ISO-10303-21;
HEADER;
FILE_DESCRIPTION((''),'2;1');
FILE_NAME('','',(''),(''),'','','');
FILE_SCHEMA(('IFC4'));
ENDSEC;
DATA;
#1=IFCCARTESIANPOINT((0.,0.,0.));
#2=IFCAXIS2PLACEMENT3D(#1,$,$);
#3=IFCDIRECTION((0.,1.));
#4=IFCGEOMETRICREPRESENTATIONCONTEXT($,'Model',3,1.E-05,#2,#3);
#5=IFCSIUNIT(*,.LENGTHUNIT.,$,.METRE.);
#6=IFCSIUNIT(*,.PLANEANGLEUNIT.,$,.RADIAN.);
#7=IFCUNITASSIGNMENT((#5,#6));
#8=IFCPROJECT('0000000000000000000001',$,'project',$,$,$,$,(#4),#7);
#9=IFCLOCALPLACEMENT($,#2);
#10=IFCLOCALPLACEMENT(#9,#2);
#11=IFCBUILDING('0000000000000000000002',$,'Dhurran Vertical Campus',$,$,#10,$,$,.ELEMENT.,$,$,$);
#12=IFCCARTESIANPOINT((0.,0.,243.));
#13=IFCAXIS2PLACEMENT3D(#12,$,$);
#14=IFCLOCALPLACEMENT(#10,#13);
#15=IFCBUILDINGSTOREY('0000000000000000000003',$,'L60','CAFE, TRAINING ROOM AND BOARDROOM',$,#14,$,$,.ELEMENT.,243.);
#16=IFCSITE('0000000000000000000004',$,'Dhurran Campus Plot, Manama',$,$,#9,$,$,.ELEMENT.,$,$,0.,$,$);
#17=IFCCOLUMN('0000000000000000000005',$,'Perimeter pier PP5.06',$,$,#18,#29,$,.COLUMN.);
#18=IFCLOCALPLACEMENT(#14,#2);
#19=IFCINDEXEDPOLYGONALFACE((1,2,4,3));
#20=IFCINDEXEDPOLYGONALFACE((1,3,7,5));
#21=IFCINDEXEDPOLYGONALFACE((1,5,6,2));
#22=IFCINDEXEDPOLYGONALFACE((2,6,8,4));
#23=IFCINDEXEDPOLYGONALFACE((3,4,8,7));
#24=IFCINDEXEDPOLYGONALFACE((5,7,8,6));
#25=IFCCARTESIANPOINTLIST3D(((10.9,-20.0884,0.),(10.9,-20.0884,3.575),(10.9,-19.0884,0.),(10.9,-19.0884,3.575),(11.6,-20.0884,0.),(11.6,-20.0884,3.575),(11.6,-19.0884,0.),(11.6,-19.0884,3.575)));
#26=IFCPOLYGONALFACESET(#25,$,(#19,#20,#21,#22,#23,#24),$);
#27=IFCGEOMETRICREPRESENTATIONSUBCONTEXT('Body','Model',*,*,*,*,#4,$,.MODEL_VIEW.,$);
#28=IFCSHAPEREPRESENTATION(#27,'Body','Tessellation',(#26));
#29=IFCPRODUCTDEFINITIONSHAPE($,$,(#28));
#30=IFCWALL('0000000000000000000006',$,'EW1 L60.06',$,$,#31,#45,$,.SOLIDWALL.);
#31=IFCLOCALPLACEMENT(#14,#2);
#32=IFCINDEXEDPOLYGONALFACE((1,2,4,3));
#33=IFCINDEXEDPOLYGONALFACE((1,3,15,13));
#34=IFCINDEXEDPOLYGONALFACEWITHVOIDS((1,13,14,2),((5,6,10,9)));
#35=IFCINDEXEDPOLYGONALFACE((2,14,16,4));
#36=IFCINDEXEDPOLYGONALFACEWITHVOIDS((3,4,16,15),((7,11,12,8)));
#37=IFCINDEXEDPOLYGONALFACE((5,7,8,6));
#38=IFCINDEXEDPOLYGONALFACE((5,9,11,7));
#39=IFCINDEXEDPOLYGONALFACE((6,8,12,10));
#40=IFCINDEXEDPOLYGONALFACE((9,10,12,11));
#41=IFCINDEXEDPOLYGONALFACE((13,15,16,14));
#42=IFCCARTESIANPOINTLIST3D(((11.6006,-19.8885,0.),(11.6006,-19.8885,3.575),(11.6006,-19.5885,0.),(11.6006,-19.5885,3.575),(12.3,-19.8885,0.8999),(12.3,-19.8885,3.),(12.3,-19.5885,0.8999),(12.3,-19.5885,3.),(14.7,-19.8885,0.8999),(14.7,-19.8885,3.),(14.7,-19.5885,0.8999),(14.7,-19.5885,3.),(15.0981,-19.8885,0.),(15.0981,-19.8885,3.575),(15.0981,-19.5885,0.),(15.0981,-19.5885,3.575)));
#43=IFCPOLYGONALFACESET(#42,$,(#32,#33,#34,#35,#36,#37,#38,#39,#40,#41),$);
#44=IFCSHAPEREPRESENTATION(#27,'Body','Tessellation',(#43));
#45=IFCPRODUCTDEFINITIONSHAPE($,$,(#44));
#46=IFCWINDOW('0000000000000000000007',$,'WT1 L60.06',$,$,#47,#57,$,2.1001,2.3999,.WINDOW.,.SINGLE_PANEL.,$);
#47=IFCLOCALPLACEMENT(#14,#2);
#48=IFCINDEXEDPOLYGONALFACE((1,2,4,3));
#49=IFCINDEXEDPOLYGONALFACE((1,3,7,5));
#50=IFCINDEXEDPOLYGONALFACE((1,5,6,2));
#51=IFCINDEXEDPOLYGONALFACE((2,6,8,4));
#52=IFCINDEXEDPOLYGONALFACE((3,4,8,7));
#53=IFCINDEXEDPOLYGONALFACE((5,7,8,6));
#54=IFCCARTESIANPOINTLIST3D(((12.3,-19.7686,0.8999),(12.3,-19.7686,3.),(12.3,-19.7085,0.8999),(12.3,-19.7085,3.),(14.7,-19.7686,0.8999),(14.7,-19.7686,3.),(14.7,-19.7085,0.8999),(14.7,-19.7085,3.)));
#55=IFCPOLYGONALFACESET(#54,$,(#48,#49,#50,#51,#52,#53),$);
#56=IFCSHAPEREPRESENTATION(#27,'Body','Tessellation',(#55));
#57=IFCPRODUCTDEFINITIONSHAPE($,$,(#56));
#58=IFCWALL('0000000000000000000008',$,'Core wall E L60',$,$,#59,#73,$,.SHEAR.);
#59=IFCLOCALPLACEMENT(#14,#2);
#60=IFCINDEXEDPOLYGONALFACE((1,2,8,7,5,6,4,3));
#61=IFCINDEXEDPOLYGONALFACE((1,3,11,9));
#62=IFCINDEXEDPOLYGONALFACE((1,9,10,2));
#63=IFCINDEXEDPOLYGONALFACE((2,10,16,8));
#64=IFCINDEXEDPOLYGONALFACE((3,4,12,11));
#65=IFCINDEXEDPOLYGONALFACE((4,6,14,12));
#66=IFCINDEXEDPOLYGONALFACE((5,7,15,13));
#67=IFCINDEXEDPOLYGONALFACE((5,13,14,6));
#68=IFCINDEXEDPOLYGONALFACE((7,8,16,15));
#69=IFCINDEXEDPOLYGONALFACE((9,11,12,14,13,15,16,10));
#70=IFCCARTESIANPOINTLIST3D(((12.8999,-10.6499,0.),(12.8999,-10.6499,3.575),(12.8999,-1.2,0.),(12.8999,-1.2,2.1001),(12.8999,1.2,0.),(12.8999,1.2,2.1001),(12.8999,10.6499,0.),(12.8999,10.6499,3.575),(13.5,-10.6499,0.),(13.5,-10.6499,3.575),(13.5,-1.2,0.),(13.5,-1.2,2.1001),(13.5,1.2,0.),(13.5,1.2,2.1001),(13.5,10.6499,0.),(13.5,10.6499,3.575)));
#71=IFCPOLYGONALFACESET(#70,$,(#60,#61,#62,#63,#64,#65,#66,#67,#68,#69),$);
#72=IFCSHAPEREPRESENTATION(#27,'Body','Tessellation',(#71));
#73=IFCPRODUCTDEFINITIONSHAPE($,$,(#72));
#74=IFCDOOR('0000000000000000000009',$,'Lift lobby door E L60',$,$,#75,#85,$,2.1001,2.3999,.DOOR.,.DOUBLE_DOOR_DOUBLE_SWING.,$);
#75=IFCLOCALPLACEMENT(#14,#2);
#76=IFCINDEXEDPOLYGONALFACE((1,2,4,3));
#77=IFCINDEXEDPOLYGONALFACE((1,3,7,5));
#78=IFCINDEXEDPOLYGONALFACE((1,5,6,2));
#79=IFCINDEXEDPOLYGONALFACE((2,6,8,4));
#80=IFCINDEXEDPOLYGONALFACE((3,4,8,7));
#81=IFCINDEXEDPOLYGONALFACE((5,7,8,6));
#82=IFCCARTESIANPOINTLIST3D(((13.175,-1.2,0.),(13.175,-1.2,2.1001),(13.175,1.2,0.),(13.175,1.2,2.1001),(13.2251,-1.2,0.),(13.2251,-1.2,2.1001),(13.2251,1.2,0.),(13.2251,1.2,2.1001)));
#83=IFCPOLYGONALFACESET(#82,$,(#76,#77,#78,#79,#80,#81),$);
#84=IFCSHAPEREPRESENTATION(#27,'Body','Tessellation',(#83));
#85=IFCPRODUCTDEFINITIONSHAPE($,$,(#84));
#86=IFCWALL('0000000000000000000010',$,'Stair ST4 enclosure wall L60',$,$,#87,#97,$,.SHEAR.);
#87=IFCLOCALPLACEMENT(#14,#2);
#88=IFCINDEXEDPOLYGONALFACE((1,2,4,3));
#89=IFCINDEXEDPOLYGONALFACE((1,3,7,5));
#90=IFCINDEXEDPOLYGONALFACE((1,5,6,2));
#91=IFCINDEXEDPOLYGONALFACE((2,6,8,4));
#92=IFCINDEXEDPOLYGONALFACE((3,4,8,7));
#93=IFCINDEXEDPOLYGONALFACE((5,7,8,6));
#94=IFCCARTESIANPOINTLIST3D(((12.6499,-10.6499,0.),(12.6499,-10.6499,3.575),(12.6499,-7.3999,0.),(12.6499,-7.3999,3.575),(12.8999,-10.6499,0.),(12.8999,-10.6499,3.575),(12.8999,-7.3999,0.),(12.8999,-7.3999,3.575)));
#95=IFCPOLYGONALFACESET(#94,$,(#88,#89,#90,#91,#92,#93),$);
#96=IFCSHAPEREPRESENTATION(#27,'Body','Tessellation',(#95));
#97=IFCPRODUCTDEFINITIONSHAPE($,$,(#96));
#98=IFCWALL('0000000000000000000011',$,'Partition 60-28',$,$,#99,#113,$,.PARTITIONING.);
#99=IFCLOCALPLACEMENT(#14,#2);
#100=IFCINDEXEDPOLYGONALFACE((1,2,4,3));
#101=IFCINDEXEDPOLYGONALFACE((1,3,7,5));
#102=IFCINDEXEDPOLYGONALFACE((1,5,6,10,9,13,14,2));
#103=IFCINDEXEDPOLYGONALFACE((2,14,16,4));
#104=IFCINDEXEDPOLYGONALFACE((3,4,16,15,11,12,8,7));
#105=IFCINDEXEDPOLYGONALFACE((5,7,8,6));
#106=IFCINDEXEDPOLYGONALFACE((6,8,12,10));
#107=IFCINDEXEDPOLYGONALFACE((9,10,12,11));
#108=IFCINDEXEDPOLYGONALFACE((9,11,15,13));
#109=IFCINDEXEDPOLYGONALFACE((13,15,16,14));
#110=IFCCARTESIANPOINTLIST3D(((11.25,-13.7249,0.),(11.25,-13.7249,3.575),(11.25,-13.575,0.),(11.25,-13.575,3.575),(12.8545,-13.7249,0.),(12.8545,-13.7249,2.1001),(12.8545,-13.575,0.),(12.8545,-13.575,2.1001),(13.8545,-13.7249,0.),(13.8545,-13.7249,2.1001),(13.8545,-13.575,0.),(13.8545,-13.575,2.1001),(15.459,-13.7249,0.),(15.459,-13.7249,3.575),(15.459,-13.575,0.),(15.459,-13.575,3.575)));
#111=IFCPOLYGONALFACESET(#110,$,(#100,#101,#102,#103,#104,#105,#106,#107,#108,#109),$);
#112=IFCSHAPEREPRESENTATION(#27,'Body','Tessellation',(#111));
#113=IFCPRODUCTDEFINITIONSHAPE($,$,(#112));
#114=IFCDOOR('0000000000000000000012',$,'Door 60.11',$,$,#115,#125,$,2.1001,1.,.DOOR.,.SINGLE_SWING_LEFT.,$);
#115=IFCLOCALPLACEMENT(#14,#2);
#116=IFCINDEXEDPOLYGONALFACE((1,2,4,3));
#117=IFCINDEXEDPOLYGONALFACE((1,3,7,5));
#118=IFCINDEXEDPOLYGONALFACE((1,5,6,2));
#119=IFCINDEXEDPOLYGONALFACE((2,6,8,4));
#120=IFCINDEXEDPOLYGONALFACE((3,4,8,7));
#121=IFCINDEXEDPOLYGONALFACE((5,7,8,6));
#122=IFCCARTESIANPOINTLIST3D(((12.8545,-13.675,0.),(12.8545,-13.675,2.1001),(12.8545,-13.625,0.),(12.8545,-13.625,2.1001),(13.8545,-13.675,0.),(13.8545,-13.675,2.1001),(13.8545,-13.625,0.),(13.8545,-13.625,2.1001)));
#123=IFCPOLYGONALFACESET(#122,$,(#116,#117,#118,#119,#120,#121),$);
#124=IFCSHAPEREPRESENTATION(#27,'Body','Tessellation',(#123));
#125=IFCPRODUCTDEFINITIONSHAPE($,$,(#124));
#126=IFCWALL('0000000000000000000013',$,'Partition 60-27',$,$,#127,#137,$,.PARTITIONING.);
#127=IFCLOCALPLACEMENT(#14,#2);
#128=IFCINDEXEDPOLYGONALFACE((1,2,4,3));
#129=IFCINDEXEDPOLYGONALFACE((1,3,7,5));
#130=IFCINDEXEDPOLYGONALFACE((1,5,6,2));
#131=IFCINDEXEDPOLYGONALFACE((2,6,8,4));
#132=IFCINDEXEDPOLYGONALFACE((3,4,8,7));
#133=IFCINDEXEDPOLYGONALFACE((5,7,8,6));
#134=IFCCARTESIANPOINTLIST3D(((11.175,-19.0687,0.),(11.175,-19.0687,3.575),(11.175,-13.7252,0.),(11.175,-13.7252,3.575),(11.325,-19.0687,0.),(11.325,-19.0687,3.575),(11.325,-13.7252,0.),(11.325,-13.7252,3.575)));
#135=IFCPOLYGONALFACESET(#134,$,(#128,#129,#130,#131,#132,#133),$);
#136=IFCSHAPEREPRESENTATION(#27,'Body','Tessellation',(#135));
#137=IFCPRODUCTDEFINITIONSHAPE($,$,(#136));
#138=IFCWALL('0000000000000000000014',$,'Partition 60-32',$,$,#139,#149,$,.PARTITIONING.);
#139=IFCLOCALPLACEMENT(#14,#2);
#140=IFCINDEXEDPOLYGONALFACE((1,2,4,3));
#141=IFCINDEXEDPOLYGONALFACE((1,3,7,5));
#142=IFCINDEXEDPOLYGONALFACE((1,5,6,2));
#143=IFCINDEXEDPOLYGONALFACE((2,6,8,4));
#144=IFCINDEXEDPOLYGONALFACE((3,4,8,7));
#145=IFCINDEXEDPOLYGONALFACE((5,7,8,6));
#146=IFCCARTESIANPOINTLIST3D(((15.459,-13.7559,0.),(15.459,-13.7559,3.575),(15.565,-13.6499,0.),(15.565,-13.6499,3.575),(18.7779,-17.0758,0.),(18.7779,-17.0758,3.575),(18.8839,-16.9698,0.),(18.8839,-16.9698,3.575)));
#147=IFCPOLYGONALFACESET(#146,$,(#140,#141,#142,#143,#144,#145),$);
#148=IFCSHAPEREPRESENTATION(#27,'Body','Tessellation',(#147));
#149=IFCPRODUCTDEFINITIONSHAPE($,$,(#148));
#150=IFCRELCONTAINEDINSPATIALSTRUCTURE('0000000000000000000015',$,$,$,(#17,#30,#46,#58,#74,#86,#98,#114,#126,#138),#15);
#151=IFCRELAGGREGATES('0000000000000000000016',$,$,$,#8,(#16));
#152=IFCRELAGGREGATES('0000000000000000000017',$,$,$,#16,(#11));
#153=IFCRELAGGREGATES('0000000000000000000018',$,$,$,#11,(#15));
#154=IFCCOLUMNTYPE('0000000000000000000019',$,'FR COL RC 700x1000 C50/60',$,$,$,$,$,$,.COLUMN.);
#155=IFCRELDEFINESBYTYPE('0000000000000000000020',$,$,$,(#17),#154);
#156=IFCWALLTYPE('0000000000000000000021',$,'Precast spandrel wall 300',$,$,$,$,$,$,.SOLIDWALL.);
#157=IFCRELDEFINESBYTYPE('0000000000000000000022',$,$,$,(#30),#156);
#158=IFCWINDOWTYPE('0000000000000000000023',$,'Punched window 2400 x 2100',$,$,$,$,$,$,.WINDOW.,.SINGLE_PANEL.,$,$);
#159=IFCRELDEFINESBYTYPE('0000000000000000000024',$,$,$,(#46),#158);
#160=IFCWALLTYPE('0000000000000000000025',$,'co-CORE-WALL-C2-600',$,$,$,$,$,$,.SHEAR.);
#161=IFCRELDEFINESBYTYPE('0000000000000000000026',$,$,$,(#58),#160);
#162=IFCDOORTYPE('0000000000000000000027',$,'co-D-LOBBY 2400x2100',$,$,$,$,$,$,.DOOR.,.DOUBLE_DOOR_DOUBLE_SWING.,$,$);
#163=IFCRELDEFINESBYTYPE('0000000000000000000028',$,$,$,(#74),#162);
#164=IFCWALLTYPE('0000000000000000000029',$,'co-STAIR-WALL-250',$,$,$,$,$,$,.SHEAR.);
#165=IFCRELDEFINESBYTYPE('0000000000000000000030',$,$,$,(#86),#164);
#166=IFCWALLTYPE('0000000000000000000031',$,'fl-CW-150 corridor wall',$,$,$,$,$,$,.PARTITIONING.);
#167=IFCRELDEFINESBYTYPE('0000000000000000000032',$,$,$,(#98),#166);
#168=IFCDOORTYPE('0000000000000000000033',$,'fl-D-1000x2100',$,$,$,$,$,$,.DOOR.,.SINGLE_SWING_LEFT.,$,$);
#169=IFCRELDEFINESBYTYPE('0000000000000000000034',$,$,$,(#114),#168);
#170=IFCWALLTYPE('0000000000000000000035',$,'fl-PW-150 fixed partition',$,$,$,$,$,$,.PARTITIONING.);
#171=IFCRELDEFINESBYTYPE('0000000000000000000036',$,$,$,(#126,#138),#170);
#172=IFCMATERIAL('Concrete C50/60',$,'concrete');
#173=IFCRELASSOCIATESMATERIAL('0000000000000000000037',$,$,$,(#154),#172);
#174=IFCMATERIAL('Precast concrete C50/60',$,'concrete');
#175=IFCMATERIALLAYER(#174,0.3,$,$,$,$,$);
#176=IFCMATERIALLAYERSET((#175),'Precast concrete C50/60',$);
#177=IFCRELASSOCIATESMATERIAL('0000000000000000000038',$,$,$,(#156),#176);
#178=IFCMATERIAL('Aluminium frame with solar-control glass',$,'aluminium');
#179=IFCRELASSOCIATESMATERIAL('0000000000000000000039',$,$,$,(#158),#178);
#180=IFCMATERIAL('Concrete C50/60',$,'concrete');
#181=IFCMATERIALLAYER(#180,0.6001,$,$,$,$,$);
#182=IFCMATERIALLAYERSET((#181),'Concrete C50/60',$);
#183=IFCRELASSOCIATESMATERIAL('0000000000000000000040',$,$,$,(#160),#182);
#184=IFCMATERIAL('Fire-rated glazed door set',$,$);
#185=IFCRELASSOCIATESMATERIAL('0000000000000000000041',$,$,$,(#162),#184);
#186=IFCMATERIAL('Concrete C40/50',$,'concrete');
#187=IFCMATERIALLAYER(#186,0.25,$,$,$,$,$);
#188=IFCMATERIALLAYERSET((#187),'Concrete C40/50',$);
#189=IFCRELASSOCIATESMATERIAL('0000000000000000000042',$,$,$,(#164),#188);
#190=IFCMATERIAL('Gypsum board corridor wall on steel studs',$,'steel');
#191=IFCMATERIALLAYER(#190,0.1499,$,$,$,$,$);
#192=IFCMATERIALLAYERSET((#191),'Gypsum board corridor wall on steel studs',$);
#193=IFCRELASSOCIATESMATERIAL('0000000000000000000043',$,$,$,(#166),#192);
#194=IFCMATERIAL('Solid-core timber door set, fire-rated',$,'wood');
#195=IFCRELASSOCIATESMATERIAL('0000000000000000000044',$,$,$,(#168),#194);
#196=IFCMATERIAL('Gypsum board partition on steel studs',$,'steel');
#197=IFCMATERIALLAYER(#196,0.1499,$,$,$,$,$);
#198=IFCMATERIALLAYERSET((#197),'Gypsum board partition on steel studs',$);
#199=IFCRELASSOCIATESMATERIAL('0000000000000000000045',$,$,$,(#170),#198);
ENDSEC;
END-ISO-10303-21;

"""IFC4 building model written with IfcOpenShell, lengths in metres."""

from ifc_helpers import new_model, si_unit, direction, frame, frame_2d, origin, origin_2d, place, context, subcontext, project, spatial, rectangle, extrude, material, layer, layer_set, material_profile, profile_set, type_object, element, fill, save


model = new_model("IFC4")

# Units and contexts
model_context = context("Model", 3, precision=1e-05, world=origin(), true_north=direction((0.0, 1.0)))
body_context = subcontext(model_context, "Body", "Model", "MODEL_VIEW")
ifc_project = project(units=[si_unit("LENGTHUNIT", "METRE"), si_unit("PLANEANGLEUNIT", "RADIAN")], contexts=[model_context])

# Site, building, storey
site_placement = place(None, origin())
site = spatial("IfcSite", under=ifc_project, at=site_placement, Name="Dhurran Campus Plot, Manama", CompositionType="ELEMENT", RefElevation=0.0)
building_placement = place(site_placement, origin())
building = spatial("IfcBuilding", under=site, at=building_placement, Name="Dhurran Vertical Campus", CompositionType="ELEMENT")
storey_placement = place(building_placement, frame((0.0, 0.0, 243.0)))
storey = spatial("IfcBuildingStorey", under=building, at=storey_placement, Name="L60", Description="CAFE, TRAINING ROOM AND BOARDROOM", CompositionType="ELEMENT", Elevation=243.0)

# Column
ifc_material_1 = material(Name="Concrete C50/60", Category="concrete")
ifc_material_profile = material_profile(ifc_material_1, rectangle(XDim=0.7, YDim=1.0, at=origin_2d()), Name="RC 700x1000")
ifc_profile_set = profile_set([ifc_material_profile], Name="Concrete C50/60")
column_type = type_object("IfcColumnType", Name="FR COL RC 700x1000 C50/60", PredefinedType="COLUMN", material=ifc_profile_set)
column_placement = place(storey_placement, frame((11.25, -19.5884, 0.0), z_axis=(0.0, 0.0, 1.0), x_axis=(1.0, 0.0, 0.0)))
element("IfcColumn", 1, at=column_placement, inside=storey, type_object=column_type, Name="Perimeter pier PP5.06", PredefinedType="COLUMN", context=body_context, shape_type="SweptSolid", body=[
    extrude(rectangle(XDim=0.7, YDim=1.0, at=origin_2d()), origin(), (0.0, 0.0, 1.0), 3.575),
])

# Wall, opening, window
ifc_material_2 = material(Name="Precast concrete C50/60", Category="concrete")
ifc_layer_1 = layer(ifc_material_2, 0.3)
ifc_layer_set_1 = layer_set([ifc_layer_1], Name="Precast concrete C50/60")
wall_type_1 = type_object("IfcWallType", Name="Precast spandrel wall 300", PredefinedType="SOLIDWALL", material=ifc_layer_set_1)
wall_1_placement = place(storey_placement, frame((11.6006, -19.7385, 0.0), z_axis=(0.0, 0.0, 1.0), x_axis=(1.0, 0.0, 0.0)))
wall_1 = element("IfcWall", 2, at=wall_1_placement, inside=storey, type_object=wall_type_1, Name="EW1 L60.06", PredefinedType="SOLIDWALL", context=body_context, shape_type="SweptSolid", body=[
    extrude(rectangle(XDim=3.4976, YDim=0.3, at=frame_2d((1.7488, 0.0))), origin(), (0.0, 0.0, 1.0), 3.575),
])
opening_1_placement = place(wall_1_placement, frame((0.6995, 0.0, 0.8999)))
opening_1 = element("IfcOpeningElement", 3, at=opening_1_placement, cuts=wall_1, PredefinedType="OPENING", context=body_context, shape_type="SweptSolid", body=[
    extrude(rectangle(XDim=2.3999, YDim=2.1001, at=frame_2d((1.2, 1.05))), frame((0.0, 0.1599, 0.0), z_axis=(0.0, -1.0, 0.0), x_axis=(1.0, 0.0, 0.0)), (0.0, 0.0, 1.0), 0.3201),
])
ifc_material_3 = material(Name="Aluminium frame with solar-control glass", Category="aluminium")
window_type = type_object("IfcWindowType", Name="Punched window 2400 x 2100", PartitioningType="SINGLE_PANEL", PredefinedType="WINDOW", material=ifc_material_3)
window_placement = place(opening_1_placement, origin())
window = element("IfcWindow", 4, at=window_placement, inside=storey, type_object=window_type, Name="WT1 L60.06", OverallHeight=2.1001, OverallWidth=2.3999, PartitioningType="SINGLE_PANEL", PredefinedType="WINDOW", context=body_context, shape_type="SweptSolid", body=[
    extrude(rectangle(XDim=2.3999, YDim=2.1001, at=frame_2d((1.2, 1.05))), frame((0.0, 0.03, 0.0), z_axis=(0.0, -1.0, 0.0), x_axis=(1.0, 0.0, 0.0)), (0.0, 0.0, 1.0), 0.0601),
])
fill(opening_1, window)

# Wall, opening, door
ifc_material_4 = material(Name="Concrete C50/60", Category="concrete")
ifc_layer_2 = layer(ifc_material_4, 0.6001)
ifc_layer_set_2 = layer_set([ifc_layer_2], Name="Concrete C50/60")
wall_type_2 = type_object("IfcWallType", Name="co-CORE-WALL-C2-600", PredefinedType="SHEAR", material=ifc_layer_set_2)
wall_2_placement = place(storey_placement, frame((13.2, -10.6499, 0.0), z_axis=(0.0, 0.0, 1.0), x_axis=(0.0, 1.0, 0.0)))
wall_2 = element("IfcWall", 5, at=wall_2_placement, inside=storey, type_object=wall_type_2, Name="Core wall E L60", PredefinedType="SHEAR", context=body_context, shape_type="SweptSolid", body=[
    extrude(rectangle(XDim=21.2998, YDim=0.6001, at=frame_2d((10.6499, 0.0))), origin(), (0.0, 0.0, 1.0), 3.575),
])
opening_2_placement = place(wall_2_placement, frame((9.45, 0.0, 0.0)))
opening_2 = element("IfcOpeningElement", 6, at=opening_2_placement, cuts=wall_2, PredefinedType="OPENING", context=body_context, shape_type="SweptSolid", body=[
    extrude(rectangle(XDim=2.3999, YDim=2.1001, at=frame_2d((1.2, 1.05))), frame((0.0, 0.3101, 0.0), z_axis=(0.0, -1.0, 0.0), x_axis=(1.0, 0.0, 0.0)), (0.0, 0.0, 1.0), 0.6201),
])
ifc_material_5 = material(Name="Fire-rated glazed door set")
door_type_1 = type_object("IfcDoorType", Name="co-D-LOBBY 2400x2100", OperationType="DOUBLE_DOOR_DOUBLE_SWING", PredefinedType="DOOR", material=ifc_material_5)
door_1_placement = place(opening_2_placement, origin())
door_1 = element("IfcDoor", 7, at=door_1_placement, inside=storey, type_object=door_type_1, Name="Lift lobby door E L60", OperationType="DOUBLE_DOOR_DOUBLE_SWING", OverallHeight=2.1001, OverallWidth=2.3999, PredefinedType="DOOR", context=body_context, shape_type="SweptSolid", body=[
    extrude(rectangle(XDim=2.3999, YDim=2.1001, at=frame_2d((1.2, 1.05))), frame((0.0, 0.0249, 0.0), z_axis=(0.0, -1.0, 0.0), x_axis=(1.0, 0.0, 0.0)), (0.0, 0.0, 1.0), 0.05),
])
fill(opening_2, door_1)

# Wall
ifc_material_6 = material(Name="Concrete C40/50", Category="concrete")
ifc_layer_3 = layer(ifc_material_6, 0.25)
ifc_layer_set_3 = layer_set([ifc_layer_3], Name="Concrete C40/50")
wall_type_3 = type_object("IfcWallType", Name="co-STAIR-WALL-250", PredefinedType="SHEAR", material=ifc_layer_set_3)
wall_3_placement = place(storey_placement, frame((12.7749, -10.6499, 0.0), z_axis=(0.0, 0.0, 1.0), x_axis=(0.0, 1.0, 0.0)))
element("IfcWall", 8, at=wall_3_placement, inside=storey, type_object=wall_type_3, Name="Stair ST4 enclosure wall L60", PredefinedType="SHEAR", context=body_context, shape_type="SweptSolid", body=[
    extrude(rectangle(XDim=3.25, YDim=0.25, at=frame_2d((1.625, 0.0))), origin(), (0.0, 0.0, 1.0), 3.575),
])

# Wall, opening, door
ifc_material_7 = material(Name="Gypsum board corridor wall on steel studs", Category="steel")
ifc_layer_4 = layer(ifc_material_7, 0.1499)
ifc_layer_set_4 = layer_set([ifc_layer_4], Name="Gypsum board corridor wall on steel studs")
wall_type_4 = type_object("IfcWallType", Name="fl-CW-150 corridor wall", PredefinedType="PARTITIONING", material=ifc_layer_set_4)
wall_4_placement = place(storey_placement, frame((11.25, -13.6499, 0.0), z_axis=(0.0, 0.0, 1.0), x_axis=(1.0, 0.0, 0.0)))
wall_4 = element("IfcWall", 9, at=wall_4_placement, inside=storey, type_object=wall_type_4, Name="Partition 60-28", PredefinedType="PARTITIONING", context=body_context, shape_type="SweptSolid", body=[
    extrude(rectangle(XDim=4.209, YDim=0.1499, at=frame_2d((2.1045, 0.0))), origin(), (0.0, 0.0, 1.0), 3.575),
])
opening_3_placement = place(wall_4_placement, frame((1.6045, 0.0, 0.0)))
opening_3 = element("IfcOpeningElement", 10, at=opening_3_placement, cuts=wall_4, PredefinedType="OPENING", context=body_context, shape_type="SweptSolid", body=[
    extrude(rectangle(XDim=1.0, YDim=2.1001, at=frame_2d((0.5, 1.05))), frame((0.0, 0.085, 0.0), z_axis=(0.0, -1.0, 0.0), x_axis=(1.0, 0.0, 0.0)), (0.0, 0.0, 1.0), 0.1699),
])
ifc_material_8 = material(Name="Solid-core timber door set, fire-rated", Category="wood")
door_type_2 = type_object("IfcDoorType", Name="fl-D-1000x2100", OperationType="SINGLE_SWING_LEFT", PredefinedType="DOOR", material=ifc_material_8)
door_2_placement = place(opening_3_placement, origin())
door_2 = element("IfcDoor", 11, at=door_2_placement, inside=storey, type_object=door_type_2, Name="Door 60.11", OperationType="SINGLE_SWING_LEFT", OverallHeight=2.1001, OverallWidth=1.0, PredefinedType="DOOR", context=body_context, shape_type="SweptSolid", body=[
    extrude(rectangle(XDim=1.0, YDim=2.1001, at=frame_2d((0.5, 1.05))), frame((0.0, 0.0249, 0.0), z_axis=(0.0, -1.0, 0.0), x_axis=(1.0, 0.0, 0.0)), (0.0, 0.0, 1.0), 0.05),
])
fill(opening_3, door_2)

# Walls
ifc_material_9 = material(Name="Gypsum board partition on steel studs", Category="steel")
ifc_layer_5 = layer(ifc_material_9, 0.1499)
ifc_layer_set_5 = layer_set([ifc_layer_5], Name="Gypsum board partition on steel studs")
wall_type_5 = type_object("IfcWallType", Name="fl-PW-150 fixed partition", PredefinedType="PARTITIONING", material=ifc_layer_set_5)
wall_5_placement = place(storey_placement, frame((11.25, -13.7251, 0.0), z_axis=(0.0, 0.0, 1.0), x_axis=(0.0, -1.0, 0.0)))
element("IfcWall", 12, at=wall_5_placement, inside=storey, type_object=wall_type_5, Name="Partition 60-27", PredefinedType="PARTITIONING", context=body_context, shape_type="SweptSolid", body=[
    extrude(rectangle(XDim=5.3435, YDim=0.1499, at=frame_2d((2.6719, 0.0))), origin(), (0.0, 0.0, 1.0), 3.575),
])
wall_6_placement = place(storey_placement, frame((15.512, -13.7029, 0.0), z_axis=(0.0, 0.0, 1.0), x_axis=(0.707003, -0.707211, 0.0)))
element("IfcWall", 13, at=wall_6_placement, inside=storey, type_object=wall_type_5, Name="Partition 60-32", PredefinedType="PARTITIONING", context=body_context, shape_type="SweptSolid", body=[
    extrude(rectangle(XDim=4.6943, YDim=0.1499, at=frame_2d((2.3472, 0.0))), origin(), (0.0, 0.0, 1.0), 3.575),
])

save(model, "model.ifc")
